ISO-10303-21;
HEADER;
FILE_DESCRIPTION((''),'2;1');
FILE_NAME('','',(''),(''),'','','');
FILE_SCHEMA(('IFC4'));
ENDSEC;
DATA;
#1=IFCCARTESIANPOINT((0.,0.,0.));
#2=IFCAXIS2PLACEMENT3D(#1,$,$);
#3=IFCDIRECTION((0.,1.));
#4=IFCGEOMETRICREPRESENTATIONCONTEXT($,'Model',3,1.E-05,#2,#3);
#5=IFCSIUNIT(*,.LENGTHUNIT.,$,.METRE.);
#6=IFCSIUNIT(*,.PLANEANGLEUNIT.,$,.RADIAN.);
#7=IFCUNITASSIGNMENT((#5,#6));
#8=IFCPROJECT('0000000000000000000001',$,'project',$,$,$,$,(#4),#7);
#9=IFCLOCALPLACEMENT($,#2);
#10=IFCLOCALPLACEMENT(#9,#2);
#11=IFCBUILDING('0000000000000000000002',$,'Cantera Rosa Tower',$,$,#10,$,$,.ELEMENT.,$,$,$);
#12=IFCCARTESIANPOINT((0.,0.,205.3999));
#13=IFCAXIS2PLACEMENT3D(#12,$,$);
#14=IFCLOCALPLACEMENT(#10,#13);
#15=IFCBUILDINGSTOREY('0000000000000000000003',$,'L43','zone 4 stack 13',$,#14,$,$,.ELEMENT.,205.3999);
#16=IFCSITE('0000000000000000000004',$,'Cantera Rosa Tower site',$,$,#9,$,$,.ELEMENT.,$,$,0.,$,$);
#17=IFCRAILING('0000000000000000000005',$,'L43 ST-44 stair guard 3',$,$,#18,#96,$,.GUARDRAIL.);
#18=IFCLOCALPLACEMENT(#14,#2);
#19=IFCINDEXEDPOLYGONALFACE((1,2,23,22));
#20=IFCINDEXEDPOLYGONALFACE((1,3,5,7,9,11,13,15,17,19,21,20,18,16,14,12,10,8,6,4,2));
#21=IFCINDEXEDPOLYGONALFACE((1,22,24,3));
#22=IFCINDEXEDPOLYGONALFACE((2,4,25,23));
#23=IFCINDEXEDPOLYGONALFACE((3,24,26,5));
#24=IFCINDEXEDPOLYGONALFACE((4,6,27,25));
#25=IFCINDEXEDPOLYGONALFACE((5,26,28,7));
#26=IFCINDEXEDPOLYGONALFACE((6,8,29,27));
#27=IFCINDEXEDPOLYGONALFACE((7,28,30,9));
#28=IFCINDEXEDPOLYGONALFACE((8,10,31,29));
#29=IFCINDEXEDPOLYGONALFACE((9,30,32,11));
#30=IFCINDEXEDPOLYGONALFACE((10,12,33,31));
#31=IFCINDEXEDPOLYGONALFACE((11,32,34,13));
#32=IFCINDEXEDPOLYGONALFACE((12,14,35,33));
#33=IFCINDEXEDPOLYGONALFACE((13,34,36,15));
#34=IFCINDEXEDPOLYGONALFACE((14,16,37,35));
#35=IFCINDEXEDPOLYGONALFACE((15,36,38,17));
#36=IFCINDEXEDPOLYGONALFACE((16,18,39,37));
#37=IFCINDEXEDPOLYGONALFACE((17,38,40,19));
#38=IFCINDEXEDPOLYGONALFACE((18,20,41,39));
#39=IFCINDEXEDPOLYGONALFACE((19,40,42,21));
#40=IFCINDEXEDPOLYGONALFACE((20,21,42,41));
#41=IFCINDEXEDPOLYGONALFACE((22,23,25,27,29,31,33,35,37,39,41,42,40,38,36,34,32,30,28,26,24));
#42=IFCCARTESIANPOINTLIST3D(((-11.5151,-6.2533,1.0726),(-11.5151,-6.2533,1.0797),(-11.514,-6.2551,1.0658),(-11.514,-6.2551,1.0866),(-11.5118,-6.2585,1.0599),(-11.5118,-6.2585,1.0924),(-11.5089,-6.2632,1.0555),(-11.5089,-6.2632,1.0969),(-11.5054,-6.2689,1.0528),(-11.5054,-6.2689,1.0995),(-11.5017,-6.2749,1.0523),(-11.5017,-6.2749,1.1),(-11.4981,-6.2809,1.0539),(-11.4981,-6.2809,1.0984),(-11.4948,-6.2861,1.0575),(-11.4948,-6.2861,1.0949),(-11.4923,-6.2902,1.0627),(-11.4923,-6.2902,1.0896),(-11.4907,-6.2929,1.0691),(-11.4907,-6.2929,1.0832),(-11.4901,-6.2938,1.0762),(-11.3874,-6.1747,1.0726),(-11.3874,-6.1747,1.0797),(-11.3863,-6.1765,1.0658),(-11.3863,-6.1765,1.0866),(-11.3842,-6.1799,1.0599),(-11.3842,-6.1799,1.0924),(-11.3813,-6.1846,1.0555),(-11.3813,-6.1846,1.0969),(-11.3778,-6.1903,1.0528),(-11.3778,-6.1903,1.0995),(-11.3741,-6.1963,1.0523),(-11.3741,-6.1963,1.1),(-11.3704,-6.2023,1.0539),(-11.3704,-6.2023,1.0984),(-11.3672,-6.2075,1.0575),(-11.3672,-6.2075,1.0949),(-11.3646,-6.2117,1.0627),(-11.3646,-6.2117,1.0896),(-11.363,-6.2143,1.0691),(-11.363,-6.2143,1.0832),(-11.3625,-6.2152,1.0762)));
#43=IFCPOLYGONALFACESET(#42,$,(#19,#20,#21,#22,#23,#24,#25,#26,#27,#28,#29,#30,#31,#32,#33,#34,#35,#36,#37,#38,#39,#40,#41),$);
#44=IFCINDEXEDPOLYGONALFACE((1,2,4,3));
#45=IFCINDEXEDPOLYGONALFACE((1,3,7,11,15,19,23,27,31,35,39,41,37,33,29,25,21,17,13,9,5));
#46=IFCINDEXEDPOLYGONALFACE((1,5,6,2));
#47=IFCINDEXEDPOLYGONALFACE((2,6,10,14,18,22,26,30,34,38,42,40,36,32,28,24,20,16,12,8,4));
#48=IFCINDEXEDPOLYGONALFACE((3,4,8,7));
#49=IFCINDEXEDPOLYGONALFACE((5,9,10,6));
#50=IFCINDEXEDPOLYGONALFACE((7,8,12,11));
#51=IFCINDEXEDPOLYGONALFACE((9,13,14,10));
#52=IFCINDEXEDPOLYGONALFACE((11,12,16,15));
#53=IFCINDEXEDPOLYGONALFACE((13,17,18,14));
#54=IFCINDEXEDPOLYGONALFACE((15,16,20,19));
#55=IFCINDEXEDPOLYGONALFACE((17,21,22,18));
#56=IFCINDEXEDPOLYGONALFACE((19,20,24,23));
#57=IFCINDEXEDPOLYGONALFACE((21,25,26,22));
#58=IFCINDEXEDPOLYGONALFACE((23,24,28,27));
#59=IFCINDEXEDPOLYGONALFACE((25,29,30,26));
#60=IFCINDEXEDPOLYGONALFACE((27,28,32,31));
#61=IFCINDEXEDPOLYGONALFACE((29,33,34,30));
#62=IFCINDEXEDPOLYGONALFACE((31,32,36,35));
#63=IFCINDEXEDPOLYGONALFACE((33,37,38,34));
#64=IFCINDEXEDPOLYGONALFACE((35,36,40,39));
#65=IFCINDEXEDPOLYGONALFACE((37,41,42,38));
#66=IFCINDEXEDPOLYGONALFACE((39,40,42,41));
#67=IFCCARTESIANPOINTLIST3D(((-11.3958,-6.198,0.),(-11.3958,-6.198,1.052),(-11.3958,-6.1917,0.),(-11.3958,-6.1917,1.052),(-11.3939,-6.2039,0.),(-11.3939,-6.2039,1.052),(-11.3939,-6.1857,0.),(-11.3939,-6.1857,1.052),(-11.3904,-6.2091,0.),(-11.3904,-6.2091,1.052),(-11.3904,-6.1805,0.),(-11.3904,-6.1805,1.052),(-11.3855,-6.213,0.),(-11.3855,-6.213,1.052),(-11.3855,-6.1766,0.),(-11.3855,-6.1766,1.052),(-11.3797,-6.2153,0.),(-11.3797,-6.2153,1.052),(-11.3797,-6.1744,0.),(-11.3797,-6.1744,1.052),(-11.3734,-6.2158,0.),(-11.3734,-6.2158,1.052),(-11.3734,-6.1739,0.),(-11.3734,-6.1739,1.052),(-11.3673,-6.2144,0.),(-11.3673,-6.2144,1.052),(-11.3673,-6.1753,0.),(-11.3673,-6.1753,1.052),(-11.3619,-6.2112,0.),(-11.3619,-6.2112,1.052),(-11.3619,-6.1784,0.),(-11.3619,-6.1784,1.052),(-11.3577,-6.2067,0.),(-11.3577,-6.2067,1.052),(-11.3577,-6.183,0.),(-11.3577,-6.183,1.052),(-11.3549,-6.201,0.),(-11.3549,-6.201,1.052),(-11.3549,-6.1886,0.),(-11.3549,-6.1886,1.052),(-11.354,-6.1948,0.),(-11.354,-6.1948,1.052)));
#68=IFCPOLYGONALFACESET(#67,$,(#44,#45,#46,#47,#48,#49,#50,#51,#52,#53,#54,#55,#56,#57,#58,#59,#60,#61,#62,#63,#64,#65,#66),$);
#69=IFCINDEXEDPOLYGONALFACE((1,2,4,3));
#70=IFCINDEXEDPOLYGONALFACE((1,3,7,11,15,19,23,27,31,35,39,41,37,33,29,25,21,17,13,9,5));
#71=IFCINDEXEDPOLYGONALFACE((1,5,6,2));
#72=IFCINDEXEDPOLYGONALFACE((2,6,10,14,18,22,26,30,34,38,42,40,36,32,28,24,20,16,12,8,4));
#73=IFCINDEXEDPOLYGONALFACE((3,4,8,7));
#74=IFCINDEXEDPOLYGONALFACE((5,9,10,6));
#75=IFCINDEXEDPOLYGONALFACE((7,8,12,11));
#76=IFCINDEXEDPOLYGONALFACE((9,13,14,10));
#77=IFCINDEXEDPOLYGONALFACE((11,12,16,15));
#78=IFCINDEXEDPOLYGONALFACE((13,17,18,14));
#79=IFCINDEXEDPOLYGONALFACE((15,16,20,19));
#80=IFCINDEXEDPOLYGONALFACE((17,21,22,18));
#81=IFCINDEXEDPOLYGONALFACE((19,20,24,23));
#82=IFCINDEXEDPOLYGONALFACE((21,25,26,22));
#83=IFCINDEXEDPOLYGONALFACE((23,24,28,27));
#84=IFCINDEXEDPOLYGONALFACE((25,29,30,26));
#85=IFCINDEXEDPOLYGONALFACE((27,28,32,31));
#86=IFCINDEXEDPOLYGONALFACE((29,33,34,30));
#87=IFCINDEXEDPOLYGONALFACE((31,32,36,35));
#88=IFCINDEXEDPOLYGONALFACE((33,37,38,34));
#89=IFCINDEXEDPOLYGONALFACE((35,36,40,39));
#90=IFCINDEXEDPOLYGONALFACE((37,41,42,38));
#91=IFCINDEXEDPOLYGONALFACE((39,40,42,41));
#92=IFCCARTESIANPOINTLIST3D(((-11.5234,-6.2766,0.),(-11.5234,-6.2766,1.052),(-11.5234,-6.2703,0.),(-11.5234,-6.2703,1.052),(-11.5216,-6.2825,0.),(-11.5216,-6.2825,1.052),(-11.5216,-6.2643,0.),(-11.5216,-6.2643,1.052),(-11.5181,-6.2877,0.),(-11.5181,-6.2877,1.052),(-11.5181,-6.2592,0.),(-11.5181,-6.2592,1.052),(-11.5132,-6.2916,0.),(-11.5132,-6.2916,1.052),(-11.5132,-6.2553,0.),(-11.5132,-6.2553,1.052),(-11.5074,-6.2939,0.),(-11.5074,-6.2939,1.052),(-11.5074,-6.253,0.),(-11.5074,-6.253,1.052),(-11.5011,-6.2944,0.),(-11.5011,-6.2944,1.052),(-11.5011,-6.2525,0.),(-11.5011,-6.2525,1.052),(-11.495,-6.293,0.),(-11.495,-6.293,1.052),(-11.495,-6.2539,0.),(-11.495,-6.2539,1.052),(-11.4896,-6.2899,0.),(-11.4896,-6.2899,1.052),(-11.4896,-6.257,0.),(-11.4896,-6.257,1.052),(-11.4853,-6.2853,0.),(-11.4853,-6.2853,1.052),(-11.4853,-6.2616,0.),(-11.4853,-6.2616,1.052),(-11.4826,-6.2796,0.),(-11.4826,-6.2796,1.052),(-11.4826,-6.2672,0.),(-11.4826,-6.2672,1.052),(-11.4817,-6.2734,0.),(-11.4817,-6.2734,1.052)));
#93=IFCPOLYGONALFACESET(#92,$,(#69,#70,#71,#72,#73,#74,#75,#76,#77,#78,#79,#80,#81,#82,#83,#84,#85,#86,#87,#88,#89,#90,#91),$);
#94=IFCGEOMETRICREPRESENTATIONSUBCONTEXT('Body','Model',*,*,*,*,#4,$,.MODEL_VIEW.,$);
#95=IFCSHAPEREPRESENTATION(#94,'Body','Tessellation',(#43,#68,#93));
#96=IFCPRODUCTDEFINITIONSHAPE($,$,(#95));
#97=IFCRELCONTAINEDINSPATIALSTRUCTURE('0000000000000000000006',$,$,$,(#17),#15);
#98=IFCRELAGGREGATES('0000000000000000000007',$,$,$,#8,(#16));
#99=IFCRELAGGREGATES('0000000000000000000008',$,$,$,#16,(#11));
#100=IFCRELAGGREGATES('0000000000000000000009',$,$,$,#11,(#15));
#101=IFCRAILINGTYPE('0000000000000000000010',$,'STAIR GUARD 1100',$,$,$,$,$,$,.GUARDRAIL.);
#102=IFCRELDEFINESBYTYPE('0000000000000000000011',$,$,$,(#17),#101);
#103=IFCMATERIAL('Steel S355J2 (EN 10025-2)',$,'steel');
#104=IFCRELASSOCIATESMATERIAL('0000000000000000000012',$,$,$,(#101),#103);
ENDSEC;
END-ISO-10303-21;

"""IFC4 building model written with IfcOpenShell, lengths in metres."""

from ifc_helpers import new_model, si_unit, direction, frame, origin, origin_2d, place, context, subcontext, project, spatial, circle, extrude, material, type_object, element, save


model = new_model("IFC4")

# Units and contexts
model_context = context("Model", 3, precision=1e-05, world=origin(), true_north=direction((0.0, 1.0)))
body_context = subcontext(model_context, "Body", "Model", "MODEL_VIEW")
ifc_project = project(units=[si_unit("LENGTHUNIT", "METRE"), si_unit("PLANEANGLEUNIT", "RADIAN")], contexts=[model_context])

# Site, building, storey
site_placement = place(None, origin())
site = spatial("IfcSite", under=ifc_project, at=site_placement, Name="Cantera Rosa Tower site", CompositionType="ELEMENT", RefElevation=0.0)
building_placement = place(site_placement, origin())
building = spatial("IfcBuilding", under=site, at=building_placement, Name="Cantera Rosa Tower", CompositionType="ELEMENT")
storey_placement = place(building_placement, frame((0.0, 0.0, 205.3999)))
storey = spatial("IfcBuildingStorey", under=building, at=storey_placement, Name="L43", Description="zone 4 stack 13", CompositionType="ELEMENT", Elevation=205.3999)

# Railing
ifc_material_1 = material(Name="Steel S355J2 (EN 10025-2)", Category="steel")
railing_type_1 = type_object("IfcRailingType", Name="STAIR GUARD 1100", PredefinedType="GUARDRAIL", material=ifc_material_1)
railing_1_placement = place(storey_placement, frame((-11.375, -6.1948, 0.0)))
element("IfcRailing", 1, at=railing_1_placement, inside=storey, type_object=railing_type_1, Name="L43 ST-44 stair guard 3", PredefinedType="GUARDRAIL", context=body_context, shape_type="SweptSolid", body=[
    extrude(circle(Radius=0.0239, at=origin_2d()), frame((0.0, 0.0, 1.0762), z_axis=(-0.851546, -0.524279, 0.0), x_axis=(0.524279, -0.851546, 0.0)), (0.0, 0.0, 1.0), 0.1499),
    extrude(circle(Radius=0.021, at=origin_2d()), origin(), (0.0, 0.0, 1.0), 1.052),
    extrude(circle(Radius=0.021, at=origin_2d()), frame((-0.1277, -0.0786, 0.0)), (0.0, 0.0, 1.0), 1.052),
])

save(model, "model.ifc")
